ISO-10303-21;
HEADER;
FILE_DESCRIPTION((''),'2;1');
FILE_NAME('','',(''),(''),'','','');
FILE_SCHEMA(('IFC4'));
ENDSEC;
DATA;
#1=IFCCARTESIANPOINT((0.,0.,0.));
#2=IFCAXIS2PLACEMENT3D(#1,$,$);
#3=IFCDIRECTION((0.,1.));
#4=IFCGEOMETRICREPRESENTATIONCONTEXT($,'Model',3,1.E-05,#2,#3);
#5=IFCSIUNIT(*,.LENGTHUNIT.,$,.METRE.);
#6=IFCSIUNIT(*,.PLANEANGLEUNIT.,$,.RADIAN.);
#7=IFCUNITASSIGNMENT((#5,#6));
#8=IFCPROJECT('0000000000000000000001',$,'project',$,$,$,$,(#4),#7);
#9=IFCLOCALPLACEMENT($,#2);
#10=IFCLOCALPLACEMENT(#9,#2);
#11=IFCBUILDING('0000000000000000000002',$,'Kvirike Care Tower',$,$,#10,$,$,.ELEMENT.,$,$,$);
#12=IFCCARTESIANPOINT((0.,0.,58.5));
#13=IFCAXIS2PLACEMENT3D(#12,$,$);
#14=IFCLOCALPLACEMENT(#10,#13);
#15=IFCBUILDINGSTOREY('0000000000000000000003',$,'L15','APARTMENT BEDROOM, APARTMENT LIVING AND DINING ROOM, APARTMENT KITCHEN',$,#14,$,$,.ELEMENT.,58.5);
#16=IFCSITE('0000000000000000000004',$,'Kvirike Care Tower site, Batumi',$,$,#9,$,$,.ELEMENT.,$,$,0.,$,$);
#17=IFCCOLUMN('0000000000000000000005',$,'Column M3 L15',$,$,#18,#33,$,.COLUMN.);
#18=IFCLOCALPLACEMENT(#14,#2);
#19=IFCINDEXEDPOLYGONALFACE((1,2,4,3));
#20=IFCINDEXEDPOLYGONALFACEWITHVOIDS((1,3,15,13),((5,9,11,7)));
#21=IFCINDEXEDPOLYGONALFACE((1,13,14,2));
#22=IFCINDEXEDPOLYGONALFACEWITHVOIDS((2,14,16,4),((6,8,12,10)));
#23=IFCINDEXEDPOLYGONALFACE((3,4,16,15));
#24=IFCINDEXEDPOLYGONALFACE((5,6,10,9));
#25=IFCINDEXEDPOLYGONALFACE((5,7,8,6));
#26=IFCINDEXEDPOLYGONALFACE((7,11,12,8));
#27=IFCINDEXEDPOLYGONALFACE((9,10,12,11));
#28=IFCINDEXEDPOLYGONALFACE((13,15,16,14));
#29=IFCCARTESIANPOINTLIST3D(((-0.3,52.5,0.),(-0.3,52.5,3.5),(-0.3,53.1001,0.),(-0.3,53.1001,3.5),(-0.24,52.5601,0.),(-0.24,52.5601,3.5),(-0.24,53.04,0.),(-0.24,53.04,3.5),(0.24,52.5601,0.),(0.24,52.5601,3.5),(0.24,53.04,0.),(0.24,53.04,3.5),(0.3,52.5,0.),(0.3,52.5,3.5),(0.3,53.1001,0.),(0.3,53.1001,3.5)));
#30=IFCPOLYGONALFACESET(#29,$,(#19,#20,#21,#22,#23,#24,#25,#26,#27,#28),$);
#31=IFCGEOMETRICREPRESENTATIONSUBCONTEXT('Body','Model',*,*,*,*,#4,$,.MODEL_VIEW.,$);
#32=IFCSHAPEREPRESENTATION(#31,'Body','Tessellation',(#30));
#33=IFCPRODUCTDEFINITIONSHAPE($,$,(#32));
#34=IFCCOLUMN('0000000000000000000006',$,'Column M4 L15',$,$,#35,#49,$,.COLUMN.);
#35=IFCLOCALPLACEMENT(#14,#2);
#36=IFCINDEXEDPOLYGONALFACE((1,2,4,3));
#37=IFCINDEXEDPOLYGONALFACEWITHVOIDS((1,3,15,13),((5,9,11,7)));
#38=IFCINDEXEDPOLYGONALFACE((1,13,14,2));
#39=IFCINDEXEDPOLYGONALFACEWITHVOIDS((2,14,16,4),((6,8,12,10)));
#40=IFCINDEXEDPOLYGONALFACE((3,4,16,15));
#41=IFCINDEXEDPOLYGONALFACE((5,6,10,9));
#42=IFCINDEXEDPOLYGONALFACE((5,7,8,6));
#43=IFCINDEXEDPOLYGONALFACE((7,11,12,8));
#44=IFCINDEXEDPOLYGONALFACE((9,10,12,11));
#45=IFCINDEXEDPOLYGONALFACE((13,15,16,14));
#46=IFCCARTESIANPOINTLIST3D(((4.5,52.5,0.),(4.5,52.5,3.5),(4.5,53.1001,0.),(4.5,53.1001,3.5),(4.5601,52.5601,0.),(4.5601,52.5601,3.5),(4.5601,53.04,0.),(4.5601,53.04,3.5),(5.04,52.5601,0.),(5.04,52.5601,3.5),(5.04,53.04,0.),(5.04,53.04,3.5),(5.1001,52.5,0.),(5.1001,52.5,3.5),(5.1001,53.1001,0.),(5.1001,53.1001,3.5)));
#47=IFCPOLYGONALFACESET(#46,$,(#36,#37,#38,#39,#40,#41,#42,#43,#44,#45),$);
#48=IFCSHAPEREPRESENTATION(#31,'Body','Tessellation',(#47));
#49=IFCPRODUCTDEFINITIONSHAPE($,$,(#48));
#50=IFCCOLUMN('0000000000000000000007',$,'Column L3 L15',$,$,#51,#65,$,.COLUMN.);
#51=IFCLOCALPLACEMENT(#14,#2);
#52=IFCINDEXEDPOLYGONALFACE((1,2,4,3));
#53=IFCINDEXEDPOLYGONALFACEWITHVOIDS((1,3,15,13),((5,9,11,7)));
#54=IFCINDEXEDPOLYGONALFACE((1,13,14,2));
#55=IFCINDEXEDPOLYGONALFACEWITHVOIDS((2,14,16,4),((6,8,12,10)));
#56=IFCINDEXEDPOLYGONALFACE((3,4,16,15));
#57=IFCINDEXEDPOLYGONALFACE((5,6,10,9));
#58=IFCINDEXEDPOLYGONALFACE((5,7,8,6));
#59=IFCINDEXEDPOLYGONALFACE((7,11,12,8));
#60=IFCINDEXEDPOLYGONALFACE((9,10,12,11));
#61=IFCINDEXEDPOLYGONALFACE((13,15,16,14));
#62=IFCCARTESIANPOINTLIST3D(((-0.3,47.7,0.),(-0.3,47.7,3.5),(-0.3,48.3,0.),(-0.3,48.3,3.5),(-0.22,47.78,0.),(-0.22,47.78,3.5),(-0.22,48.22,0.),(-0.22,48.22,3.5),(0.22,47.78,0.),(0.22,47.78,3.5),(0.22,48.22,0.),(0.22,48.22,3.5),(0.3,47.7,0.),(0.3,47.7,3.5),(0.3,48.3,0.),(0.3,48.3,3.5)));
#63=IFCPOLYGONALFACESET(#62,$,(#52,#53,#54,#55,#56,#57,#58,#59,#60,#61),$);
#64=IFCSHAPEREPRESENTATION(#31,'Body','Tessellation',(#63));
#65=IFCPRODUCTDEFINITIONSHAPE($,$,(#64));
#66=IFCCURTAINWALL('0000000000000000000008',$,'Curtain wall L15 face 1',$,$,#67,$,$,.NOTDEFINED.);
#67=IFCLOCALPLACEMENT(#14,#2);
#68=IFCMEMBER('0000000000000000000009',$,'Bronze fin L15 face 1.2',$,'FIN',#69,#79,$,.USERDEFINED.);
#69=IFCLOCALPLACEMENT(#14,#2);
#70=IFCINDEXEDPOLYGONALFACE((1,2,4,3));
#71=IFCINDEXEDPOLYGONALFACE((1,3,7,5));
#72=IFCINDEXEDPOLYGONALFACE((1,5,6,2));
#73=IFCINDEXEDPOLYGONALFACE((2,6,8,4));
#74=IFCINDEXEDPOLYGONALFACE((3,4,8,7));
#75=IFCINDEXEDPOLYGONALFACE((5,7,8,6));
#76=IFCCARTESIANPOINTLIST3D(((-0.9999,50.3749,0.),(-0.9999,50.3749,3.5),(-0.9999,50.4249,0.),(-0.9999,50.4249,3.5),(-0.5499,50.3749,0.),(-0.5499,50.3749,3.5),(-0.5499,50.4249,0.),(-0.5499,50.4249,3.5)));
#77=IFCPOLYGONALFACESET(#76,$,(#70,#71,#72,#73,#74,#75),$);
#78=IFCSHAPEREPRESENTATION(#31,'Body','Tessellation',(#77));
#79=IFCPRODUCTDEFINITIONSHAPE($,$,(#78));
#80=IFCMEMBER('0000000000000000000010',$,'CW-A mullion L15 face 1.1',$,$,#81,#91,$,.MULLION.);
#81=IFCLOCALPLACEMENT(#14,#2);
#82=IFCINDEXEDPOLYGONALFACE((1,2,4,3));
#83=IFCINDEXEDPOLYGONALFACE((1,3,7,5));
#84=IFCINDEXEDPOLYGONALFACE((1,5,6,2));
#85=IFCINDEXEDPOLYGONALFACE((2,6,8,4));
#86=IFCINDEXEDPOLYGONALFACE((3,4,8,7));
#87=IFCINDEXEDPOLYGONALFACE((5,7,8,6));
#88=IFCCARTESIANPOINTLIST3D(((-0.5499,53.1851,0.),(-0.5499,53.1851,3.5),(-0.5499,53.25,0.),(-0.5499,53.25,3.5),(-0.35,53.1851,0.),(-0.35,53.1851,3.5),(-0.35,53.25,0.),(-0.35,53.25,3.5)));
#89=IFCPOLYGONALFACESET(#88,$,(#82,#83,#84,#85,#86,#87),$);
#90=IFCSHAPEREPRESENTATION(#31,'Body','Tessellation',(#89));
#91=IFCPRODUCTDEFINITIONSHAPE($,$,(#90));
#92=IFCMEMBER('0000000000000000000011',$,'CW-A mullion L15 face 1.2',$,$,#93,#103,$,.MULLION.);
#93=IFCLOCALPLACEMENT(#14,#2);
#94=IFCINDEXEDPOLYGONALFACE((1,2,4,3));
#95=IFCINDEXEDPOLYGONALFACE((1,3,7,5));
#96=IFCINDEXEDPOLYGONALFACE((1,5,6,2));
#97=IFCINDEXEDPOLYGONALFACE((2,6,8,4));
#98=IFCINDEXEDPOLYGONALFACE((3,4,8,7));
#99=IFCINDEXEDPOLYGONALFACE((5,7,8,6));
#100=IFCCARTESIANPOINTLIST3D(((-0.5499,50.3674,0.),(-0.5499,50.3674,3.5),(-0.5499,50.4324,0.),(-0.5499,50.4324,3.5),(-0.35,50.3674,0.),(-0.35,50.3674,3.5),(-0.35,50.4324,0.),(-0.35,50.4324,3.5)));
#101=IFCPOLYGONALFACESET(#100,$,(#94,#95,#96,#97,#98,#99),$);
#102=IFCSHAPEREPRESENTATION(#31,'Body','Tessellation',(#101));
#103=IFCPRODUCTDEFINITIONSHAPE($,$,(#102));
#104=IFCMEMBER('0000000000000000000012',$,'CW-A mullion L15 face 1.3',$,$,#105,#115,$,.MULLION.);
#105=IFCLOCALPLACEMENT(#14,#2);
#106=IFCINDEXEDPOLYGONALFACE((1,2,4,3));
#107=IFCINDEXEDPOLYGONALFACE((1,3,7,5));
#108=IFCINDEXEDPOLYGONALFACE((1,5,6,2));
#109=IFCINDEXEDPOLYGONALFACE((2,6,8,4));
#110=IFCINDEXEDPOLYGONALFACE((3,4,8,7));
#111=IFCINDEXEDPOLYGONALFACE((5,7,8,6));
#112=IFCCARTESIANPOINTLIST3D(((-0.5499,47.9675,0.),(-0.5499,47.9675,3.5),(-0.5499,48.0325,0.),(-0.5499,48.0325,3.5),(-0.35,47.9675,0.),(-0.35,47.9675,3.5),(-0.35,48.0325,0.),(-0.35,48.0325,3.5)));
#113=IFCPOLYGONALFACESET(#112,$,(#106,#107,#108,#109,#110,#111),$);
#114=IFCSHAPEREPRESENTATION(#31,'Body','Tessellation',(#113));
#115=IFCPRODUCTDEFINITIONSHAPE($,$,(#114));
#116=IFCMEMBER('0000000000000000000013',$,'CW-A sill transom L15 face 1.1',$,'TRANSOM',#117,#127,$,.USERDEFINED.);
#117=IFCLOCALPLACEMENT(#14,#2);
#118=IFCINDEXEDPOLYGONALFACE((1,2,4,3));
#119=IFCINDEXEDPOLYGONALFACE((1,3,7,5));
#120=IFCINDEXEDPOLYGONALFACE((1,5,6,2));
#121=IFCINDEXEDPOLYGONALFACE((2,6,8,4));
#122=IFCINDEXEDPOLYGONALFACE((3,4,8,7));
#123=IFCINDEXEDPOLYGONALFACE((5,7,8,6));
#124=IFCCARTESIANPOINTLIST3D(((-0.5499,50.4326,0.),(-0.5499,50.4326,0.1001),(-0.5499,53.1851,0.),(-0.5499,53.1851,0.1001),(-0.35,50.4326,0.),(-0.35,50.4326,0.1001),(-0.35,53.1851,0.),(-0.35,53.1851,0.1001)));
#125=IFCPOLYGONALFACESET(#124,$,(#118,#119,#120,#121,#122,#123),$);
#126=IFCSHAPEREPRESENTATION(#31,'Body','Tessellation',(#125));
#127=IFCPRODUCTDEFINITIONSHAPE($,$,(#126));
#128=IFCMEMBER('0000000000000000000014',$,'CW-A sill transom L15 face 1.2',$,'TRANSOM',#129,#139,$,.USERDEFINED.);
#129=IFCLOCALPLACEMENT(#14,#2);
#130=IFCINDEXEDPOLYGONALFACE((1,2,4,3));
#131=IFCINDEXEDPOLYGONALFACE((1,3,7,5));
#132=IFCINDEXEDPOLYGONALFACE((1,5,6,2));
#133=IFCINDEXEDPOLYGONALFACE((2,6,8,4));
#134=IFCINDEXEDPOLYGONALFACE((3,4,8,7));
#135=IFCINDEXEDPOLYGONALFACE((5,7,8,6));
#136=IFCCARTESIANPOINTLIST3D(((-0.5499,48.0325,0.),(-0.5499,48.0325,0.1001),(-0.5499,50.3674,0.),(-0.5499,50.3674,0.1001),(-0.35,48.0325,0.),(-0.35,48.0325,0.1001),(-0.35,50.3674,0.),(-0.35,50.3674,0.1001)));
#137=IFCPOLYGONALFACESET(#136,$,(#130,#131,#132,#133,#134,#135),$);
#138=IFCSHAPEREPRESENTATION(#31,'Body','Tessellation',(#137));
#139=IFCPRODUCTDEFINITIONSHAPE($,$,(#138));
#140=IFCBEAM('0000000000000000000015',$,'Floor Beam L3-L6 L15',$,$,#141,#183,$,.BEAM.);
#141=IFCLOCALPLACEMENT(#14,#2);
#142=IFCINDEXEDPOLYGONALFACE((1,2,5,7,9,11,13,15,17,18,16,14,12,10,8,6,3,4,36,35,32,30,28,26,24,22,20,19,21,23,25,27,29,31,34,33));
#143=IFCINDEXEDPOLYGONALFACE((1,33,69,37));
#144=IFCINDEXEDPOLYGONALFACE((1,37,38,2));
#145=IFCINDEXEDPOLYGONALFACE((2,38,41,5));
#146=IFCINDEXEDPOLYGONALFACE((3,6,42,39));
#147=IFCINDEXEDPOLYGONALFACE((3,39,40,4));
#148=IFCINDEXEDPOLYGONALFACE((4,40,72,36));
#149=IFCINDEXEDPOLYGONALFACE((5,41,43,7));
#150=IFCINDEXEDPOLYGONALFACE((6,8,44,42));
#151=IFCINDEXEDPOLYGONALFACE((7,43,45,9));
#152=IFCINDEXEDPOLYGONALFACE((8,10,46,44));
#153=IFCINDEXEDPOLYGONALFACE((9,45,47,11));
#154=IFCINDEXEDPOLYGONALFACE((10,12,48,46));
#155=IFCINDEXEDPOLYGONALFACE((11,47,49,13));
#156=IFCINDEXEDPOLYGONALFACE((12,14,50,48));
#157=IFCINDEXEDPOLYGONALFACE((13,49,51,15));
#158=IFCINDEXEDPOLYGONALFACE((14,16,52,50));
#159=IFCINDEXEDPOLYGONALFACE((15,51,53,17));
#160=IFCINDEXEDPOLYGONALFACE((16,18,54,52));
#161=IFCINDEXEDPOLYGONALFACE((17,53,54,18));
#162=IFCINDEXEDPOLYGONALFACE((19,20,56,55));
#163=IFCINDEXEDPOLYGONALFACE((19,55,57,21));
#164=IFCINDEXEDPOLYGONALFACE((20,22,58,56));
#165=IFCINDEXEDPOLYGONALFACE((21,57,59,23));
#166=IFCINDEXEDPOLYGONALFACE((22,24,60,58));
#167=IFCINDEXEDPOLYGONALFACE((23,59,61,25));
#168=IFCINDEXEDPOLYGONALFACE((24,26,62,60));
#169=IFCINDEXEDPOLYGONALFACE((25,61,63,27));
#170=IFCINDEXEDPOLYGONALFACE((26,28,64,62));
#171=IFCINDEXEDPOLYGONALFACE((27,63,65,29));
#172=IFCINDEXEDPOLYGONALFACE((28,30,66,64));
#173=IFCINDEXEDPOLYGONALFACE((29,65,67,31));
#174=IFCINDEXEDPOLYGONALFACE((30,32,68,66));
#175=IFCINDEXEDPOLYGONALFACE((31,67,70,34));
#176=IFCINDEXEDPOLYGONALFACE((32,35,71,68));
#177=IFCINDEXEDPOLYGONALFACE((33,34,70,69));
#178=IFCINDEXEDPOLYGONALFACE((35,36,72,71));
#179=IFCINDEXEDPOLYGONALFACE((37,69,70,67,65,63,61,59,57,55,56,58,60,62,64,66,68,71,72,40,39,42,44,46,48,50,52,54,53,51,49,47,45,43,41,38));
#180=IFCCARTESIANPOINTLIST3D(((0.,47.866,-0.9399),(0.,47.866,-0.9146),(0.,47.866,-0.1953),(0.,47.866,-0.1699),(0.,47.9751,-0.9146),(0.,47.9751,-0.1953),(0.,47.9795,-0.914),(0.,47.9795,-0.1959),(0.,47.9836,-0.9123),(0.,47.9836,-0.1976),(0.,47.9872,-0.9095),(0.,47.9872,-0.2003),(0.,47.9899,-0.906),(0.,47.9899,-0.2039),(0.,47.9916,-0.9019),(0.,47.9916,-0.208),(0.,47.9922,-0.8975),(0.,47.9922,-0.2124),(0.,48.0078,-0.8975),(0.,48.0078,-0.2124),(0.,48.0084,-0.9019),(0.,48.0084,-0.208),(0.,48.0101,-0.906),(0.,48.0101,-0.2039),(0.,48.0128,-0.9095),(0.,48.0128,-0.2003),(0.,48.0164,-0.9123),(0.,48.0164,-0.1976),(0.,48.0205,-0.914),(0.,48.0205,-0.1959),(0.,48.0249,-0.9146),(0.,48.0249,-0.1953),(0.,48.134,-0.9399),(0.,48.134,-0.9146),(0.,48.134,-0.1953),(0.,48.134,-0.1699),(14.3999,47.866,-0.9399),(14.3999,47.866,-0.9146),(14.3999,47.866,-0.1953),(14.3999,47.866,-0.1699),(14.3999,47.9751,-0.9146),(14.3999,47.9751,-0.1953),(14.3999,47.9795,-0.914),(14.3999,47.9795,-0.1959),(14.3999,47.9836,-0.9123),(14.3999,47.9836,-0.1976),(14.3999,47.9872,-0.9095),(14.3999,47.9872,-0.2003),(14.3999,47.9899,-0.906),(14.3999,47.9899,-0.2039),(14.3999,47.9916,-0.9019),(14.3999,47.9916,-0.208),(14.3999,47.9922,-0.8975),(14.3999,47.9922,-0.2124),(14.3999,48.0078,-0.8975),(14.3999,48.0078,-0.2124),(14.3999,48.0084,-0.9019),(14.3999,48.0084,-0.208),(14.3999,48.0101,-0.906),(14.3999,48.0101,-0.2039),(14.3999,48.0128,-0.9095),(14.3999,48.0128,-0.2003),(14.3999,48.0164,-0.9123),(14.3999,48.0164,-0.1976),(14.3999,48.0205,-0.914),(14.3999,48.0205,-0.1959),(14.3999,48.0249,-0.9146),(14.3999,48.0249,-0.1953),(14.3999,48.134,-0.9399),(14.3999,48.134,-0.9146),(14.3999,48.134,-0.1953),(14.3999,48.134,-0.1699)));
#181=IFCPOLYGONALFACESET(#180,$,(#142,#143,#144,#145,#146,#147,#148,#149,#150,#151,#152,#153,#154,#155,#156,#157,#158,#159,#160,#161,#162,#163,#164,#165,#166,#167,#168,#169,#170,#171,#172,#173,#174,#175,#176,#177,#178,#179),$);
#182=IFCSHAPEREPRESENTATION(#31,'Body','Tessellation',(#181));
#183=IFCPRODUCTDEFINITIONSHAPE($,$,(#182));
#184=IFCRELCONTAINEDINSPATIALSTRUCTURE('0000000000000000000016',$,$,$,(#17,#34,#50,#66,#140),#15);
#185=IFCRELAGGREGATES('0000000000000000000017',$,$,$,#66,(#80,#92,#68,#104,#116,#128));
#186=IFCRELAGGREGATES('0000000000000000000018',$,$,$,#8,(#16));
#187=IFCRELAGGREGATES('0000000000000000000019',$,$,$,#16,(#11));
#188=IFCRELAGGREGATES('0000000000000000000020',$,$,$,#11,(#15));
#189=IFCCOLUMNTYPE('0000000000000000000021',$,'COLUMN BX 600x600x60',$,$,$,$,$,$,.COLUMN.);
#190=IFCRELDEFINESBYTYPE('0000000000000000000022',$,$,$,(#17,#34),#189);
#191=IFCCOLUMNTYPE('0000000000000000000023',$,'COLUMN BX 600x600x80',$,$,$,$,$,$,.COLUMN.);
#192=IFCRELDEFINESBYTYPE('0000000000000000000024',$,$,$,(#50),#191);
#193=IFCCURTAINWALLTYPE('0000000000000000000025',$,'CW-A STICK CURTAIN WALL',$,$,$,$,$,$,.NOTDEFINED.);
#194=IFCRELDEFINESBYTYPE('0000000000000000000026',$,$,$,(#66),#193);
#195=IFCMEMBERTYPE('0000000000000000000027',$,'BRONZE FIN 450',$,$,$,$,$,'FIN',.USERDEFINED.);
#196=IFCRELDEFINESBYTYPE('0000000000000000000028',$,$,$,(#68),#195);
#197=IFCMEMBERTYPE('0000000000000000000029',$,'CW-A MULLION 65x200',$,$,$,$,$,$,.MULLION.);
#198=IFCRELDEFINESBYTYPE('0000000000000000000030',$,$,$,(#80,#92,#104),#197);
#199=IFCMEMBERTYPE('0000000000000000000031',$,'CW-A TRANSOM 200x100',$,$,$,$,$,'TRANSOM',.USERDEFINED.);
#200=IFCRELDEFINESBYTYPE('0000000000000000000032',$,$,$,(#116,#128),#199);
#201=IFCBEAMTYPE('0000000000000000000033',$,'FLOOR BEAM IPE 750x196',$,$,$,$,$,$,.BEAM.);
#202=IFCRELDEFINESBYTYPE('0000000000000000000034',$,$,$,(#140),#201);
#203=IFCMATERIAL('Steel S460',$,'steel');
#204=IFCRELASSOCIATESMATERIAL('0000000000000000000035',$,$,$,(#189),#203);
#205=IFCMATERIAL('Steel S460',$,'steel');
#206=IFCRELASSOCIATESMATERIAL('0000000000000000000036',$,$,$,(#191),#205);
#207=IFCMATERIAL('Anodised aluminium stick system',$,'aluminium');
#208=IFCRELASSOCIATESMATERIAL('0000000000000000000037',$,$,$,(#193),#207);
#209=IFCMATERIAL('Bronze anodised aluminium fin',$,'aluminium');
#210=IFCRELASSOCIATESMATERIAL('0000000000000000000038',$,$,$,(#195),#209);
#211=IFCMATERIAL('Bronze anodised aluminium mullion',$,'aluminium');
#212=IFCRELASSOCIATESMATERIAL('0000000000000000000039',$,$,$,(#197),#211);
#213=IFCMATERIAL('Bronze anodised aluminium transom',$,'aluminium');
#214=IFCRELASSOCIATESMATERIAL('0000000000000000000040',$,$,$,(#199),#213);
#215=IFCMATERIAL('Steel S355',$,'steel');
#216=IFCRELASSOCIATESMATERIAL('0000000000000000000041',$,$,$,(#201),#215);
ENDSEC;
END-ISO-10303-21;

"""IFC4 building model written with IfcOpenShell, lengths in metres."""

from ifc_helpers import new_model, si_unit, direction, frame, origin, origin_2d, place, context, subcontext, project, spatial, rectangle, hollow_rectangle, i_section, extrude, material, material_profile, profile_set, type_object, element, aggregate, save


model = new_model("IFC4")

# Units and contexts
model_context = context("Model", 3, precision=1e-05, world=origin(), true_north=direction((0.0, 1.0)))
body_context = subcontext(model_context, "Body", "Model", "MODEL_VIEW")
ifc_project = project(units=[si_unit("LENGTHUNIT", "METRE"), si_unit("PLANEANGLEUNIT", "RADIAN")], contexts=[model_context])

# Site, building, storey
site_placement = place(None, origin())
site = spatial("IfcSite", under=ifc_project, at=site_placement, Name="Kvirike Care Tower site, Batumi", CompositionType="ELEMENT", RefElevation=0.0)
building_placement = place(site_placement, origin())
building = spatial("IfcBuilding", under=site, at=building_placement, Name="Kvirike Care Tower", CompositionType="ELEMENT")
storey_placement = place(building_placement, frame((0.0, 0.0, 58.5)))
storey = spatial("IfcBuildingStorey", under=building, at=storey_placement, Name="L15", Description="APARTMENT BEDROOM, APARTMENT LIVING AND DINING ROOM, APARTMENT KITCHEN", CompositionType="ELEMENT", Elevation=58.5)

# Columns
ifc_material_1 = material(Name="Steel S460", Category="steel")
ifc_material_profile_1 = material_profile(ifc_material_1, hollow_rectangle(XDim=0.6001, YDim=0.6001, WallThickness=0.0601, at=origin_2d()), Name="BX 600x600x60")
ifc_profile_set_1 = profile_set([ifc_material_profile_1], Name="Steel S460")
column_type_1 = type_object("IfcColumnType", Name="COLUMN BX 600x600x60", PredefinedType="COLUMN", material=ifc_profile_set_1)
for number, where, z_axis, x_axis, name in (
    (1, (0.0, 52.8, 0.0), (0.0, 0.0, 1.0), (0.0, 1.0, 0.0), "Column M3 L15"),
    (2, (4.8, 52.8, 0.0), (0.0, 0.0, 1.0), (0.0, 1.0, 0.0), "Column M4 L15"),
):
    element("IfcColumn", number, at=place(storey_placement, frame(where, z_axis=z_axis, x_axis=x_axis)), inside=storey, type_object=column_type_1, Name=name, PredefinedType="COLUMN", context=body_context, shape_type="SweptSolid", body=[
        extrude(hollow_rectangle(XDim=0.6001, YDim=0.6001, WallThickness=0.0601, at=origin_2d()), origin(), (0.0, 0.0, 1.0), 3.5),
    ])
ifc_material_2 = material(Name="Steel S460", Category="steel")
ifc_material_profile_2 = material_profile(ifc_material_2, hollow_rectangle(XDim=0.6001, YDim=0.6001, WallThickness=0.0801, at=origin_2d()), Name="BX 600x600x80")
ifc_profile_set_2 = profile_set([ifc_material_profile_2], Name="Steel S460")
column_type_2 = type_object("IfcColumnType", Name="COLUMN BX 600x600x80", PredefinedType="COLUMN", material=ifc_profile_set_2)
column_placement = place(storey_placement, frame((0.0, 48.0, 0.0), z_axis=(0.0, 0.0, 1.0), x_axis=(1.0, 0.0, 0.0)))
element("IfcColumn", 3, at=column_placement, inside=storey, type_object=column_type_2, Name="Column L3 L15", PredefinedType="COLUMN", context=body_context, shape_type="SweptSolid", body=[
    extrude(hollow_rectangle(XDim=0.6001, YDim=0.6001, WallThickness=0.0801, at=origin_2d()), origin(), (0.0, 0.0, 1.0), 3.5),
])

# Curtain wall, members
ifc_material_3 = material(Name="Anodised aluminium stick system", Category="aluminium")
curtain_wall_type = type_object("IfcCurtainWallType", Name="CW-A STICK CURTAIN WALL", PredefinedType="NOTDEFINED", material=ifc_material_3)
curtain_wall_placement = place(storey_placement, origin())
curtain_wall = element("IfcCurtainWall", 4, at=curtain_wall_placement, inside=storey, type_object=curtain_wall_type, Name="Curtain wall L15 face 1", PredefinedType="NOTDEFINED")
ifc_material_4 = material(Name="Bronze anodised aluminium fin", Category="aluminium")
ifc_material_profile_3 = material_profile(ifc_material_4, rectangle(XDim=0.05, YDim=0.45, at=origin_2d()), Name="BRONZE FIN 450")
ifc_profile_set_3 = profile_set([ifc_material_profile_3], Name="Bronze anodised aluminium fin")
member_type_1 = type_object("IfcMemberType", Name="BRONZE FIN 450", ElementType="FIN", PredefinedType="USERDEFINED", material=ifc_profile_set_3)
member_1_placement = place(storey_placement, frame((-0.7749, 50.3999, 0.0), z_axis=(0.0, 0.0, 1.0), x_axis=(0.0, -1.0, 0.0)))
member_1 = element("IfcMember", 5, at=member_1_placement, type_object=member_type_1, Name="Bronze fin L15 face 1.2", ObjectType="FIN", PredefinedType="USERDEFINED", context=body_context, shape_type="SweptSolid", body=[
    extrude(rectangle(XDim=0.05, YDim=0.45, at=origin_2d()), origin(), (0.0, 0.0, 1.0), 3.5),
])
ifc_material_5 = material(Name="Bronze anodised aluminium mullion", Category="aluminium")
ifc_material_profile_4 = material_profile(ifc_material_5, rectangle(XDim=0.0649, YDim=0.2, at=origin_2d()), Name="CW-A MULLION 65x200")
ifc_profile_set_4 = profile_set([ifc_material_profile_4], Name="Bronze anodised aluminium mullion")
member_type_2 = type_object("IfcMemberType", Name="CW-A MULLION 65x200", PredefinedType="MULLION", material=ifc_profile_set_4)
member_2_placement = place(storey_placement, frame((-0.45, 53.2175, 0.0), z_axis=(0.0, 0.0, 1.0), x_axis=(0.0, -1.0, 0.0)))
member_2 = element("IfcMember", 6, at=member_2_placement, type_object=member_type_2, Name="CW-A mullion L15 face 1.1", PredefinedType="MULLION", context=body_context, shape_type="SweptSolid", body=[
    extrude(rectangle(XDim=0.0649, YDim=0.2, at=origin_2d()), origin(), (0.0, 0.0, 1.0), 3.5),
])
member_3_placement = place(storey_placement, frame((-0.45, 50.3999, 0.0), z_axis=(0.0, 0.0, 1.0), x_axis=(0.0, -1.0, 0.0)))
member_3 = element("IfcMember", 7, at=member_3_placement, type_object=member_type_2, Name="CW-A mullion L15 face 1.2", PredefinedType="MULLION", context=body_context, shape_type="SweptSolid", body=[
    extrude(rectangle(XDim=0.0649, YDim=0.2, at=origin_2d()), origin(), (0.0, 0.0, 1.0), 3.5),
])
member_4_placement = place(storey_placement, frame((-0.45, 48.0, 0.0), z_axis=(0.0, 0.0, 1.0), x_axis=(0.0, -1.0, 0.0)))
member_4 = element("IfcMember", 8, at=member_4_placement, type_object=member_type_2, Name="CW-A mullion L15 face 1.3", PredefinedType="MULLION", context=body_context, shape_type="SweptSolid", body=[
    extrude(rectangle(XDim=0.0649, YDim=0.2, at=origin_2d()), origin(), (0.0, 0.0, 1.0), 3.5),
])
ifc_material_6 = material(Name="Bronze anodised aluminium transom", Category="aluminium")
ifc_material_profile_5 = material_profile(ifc_material_6, rectangle(XDim=0.2, YDim=0.1001, at=origin_2d()), Name="CW-A TRANSOM 200x100")
ifc_profile_set_5 = profile_set([ifc_material_profile_5], Name="Bronze anodised aluminium transom")
member_type_3 = type_object("IfcMemberType", Name="CW-A TRANSOM 200x100", ElementType="TRANSOM", PredefinedType="USERDEFINED", material=ifc_profile_set_5)
member_5_placement = place(storey_placement, frame((-0.45, 53.1851, 0.05), z_axis=(0.0, -1.0, 0.0), x_axis=(1.0, 0.0, 0.0)))
member_5 = element("IfcMember", 9, at=member_5_placement, type_object=member_type_3, Name="CW-A sill transom L15 face 1.1", ObjectType="TRANSOM", PredefinedType="USERDEFINED", context=body_context, shape_type="SweptSolid", body=[
    extrude(rectangle(XDim=0.2, YDim=0.1001, at=origin_2d()), origin(), (0.0, 0.0, 1.0), 2.7524),
])
member_6_placement = place(storey_placement, frame((-0.45, 50.3674, 0.05), z_axis=(0.0, -1.0, 0.0), x_axis=(1.0, 0.0, 0.0)))
member_6 = element("IfcMember", 10, at=member_6_placement, type_object=member_type_3, Name="CW-A sill transom L15 face 1.2", ObjectType="TRANSOM", PredefinedType="USERDEFINED", context=body_context, shape_type="SweptSolid", body=[
    extrude(rectangle(XDim=0.2, YDim=0.1001, at=origin_2d()), origin(), (0.0, 0.0, 1.0), 2.335),
])

# Beam
ifc_material_7 = material(Name="Steel S355", Category="steel")
ifc_material_profile_6 = material_profile(ifc_material_7, i_section(OverallWidth=0.2681, OverallDepth=0.77, WebThickness=0.0156, FlangeThickness=0.0254, FilletRadius=0.0171, at=origin_2d()), Name="IPE 750x196")
ifc_profile_set_6 = profile_set([ifc_material_profile_6], Name="Steel S355")
beam_type_1 = type_object("IfcBeamType", Name="FLOOR BEAM IPE 750x196", PredefinedType="BEAM", material=ifc_profile_set_6)
beam_1_placement = place(storey_placement, frame((0.0, 48.0, -0.5549), z_axis=(1.0, 0.0, 0.0), x_axis=(0.0, 1.0, 0.0)))
element("IfcBeam", 11, at=beam_1_placement, inside=storey, type_object=beam_type_1, Name="Floor Beam L3-L6 L15", PredefinedType="BEAM", context=body_context, shape_type="SweptSolid", body=[
    extrude(i_section(OverallWidth=0.2681, OverallDepth=0.77, WebThickness=0.0156, FlangeThickness=0.0254, FilletRadius=0.0171, at=origin_2d()), origin(), (0.0, 0.0, 1.0), 14.3999),
])

aggregate(curtain_wall, [member_2, member_3, member_1, member_4, member_5, member_6])

save(model, "model.ifc")
